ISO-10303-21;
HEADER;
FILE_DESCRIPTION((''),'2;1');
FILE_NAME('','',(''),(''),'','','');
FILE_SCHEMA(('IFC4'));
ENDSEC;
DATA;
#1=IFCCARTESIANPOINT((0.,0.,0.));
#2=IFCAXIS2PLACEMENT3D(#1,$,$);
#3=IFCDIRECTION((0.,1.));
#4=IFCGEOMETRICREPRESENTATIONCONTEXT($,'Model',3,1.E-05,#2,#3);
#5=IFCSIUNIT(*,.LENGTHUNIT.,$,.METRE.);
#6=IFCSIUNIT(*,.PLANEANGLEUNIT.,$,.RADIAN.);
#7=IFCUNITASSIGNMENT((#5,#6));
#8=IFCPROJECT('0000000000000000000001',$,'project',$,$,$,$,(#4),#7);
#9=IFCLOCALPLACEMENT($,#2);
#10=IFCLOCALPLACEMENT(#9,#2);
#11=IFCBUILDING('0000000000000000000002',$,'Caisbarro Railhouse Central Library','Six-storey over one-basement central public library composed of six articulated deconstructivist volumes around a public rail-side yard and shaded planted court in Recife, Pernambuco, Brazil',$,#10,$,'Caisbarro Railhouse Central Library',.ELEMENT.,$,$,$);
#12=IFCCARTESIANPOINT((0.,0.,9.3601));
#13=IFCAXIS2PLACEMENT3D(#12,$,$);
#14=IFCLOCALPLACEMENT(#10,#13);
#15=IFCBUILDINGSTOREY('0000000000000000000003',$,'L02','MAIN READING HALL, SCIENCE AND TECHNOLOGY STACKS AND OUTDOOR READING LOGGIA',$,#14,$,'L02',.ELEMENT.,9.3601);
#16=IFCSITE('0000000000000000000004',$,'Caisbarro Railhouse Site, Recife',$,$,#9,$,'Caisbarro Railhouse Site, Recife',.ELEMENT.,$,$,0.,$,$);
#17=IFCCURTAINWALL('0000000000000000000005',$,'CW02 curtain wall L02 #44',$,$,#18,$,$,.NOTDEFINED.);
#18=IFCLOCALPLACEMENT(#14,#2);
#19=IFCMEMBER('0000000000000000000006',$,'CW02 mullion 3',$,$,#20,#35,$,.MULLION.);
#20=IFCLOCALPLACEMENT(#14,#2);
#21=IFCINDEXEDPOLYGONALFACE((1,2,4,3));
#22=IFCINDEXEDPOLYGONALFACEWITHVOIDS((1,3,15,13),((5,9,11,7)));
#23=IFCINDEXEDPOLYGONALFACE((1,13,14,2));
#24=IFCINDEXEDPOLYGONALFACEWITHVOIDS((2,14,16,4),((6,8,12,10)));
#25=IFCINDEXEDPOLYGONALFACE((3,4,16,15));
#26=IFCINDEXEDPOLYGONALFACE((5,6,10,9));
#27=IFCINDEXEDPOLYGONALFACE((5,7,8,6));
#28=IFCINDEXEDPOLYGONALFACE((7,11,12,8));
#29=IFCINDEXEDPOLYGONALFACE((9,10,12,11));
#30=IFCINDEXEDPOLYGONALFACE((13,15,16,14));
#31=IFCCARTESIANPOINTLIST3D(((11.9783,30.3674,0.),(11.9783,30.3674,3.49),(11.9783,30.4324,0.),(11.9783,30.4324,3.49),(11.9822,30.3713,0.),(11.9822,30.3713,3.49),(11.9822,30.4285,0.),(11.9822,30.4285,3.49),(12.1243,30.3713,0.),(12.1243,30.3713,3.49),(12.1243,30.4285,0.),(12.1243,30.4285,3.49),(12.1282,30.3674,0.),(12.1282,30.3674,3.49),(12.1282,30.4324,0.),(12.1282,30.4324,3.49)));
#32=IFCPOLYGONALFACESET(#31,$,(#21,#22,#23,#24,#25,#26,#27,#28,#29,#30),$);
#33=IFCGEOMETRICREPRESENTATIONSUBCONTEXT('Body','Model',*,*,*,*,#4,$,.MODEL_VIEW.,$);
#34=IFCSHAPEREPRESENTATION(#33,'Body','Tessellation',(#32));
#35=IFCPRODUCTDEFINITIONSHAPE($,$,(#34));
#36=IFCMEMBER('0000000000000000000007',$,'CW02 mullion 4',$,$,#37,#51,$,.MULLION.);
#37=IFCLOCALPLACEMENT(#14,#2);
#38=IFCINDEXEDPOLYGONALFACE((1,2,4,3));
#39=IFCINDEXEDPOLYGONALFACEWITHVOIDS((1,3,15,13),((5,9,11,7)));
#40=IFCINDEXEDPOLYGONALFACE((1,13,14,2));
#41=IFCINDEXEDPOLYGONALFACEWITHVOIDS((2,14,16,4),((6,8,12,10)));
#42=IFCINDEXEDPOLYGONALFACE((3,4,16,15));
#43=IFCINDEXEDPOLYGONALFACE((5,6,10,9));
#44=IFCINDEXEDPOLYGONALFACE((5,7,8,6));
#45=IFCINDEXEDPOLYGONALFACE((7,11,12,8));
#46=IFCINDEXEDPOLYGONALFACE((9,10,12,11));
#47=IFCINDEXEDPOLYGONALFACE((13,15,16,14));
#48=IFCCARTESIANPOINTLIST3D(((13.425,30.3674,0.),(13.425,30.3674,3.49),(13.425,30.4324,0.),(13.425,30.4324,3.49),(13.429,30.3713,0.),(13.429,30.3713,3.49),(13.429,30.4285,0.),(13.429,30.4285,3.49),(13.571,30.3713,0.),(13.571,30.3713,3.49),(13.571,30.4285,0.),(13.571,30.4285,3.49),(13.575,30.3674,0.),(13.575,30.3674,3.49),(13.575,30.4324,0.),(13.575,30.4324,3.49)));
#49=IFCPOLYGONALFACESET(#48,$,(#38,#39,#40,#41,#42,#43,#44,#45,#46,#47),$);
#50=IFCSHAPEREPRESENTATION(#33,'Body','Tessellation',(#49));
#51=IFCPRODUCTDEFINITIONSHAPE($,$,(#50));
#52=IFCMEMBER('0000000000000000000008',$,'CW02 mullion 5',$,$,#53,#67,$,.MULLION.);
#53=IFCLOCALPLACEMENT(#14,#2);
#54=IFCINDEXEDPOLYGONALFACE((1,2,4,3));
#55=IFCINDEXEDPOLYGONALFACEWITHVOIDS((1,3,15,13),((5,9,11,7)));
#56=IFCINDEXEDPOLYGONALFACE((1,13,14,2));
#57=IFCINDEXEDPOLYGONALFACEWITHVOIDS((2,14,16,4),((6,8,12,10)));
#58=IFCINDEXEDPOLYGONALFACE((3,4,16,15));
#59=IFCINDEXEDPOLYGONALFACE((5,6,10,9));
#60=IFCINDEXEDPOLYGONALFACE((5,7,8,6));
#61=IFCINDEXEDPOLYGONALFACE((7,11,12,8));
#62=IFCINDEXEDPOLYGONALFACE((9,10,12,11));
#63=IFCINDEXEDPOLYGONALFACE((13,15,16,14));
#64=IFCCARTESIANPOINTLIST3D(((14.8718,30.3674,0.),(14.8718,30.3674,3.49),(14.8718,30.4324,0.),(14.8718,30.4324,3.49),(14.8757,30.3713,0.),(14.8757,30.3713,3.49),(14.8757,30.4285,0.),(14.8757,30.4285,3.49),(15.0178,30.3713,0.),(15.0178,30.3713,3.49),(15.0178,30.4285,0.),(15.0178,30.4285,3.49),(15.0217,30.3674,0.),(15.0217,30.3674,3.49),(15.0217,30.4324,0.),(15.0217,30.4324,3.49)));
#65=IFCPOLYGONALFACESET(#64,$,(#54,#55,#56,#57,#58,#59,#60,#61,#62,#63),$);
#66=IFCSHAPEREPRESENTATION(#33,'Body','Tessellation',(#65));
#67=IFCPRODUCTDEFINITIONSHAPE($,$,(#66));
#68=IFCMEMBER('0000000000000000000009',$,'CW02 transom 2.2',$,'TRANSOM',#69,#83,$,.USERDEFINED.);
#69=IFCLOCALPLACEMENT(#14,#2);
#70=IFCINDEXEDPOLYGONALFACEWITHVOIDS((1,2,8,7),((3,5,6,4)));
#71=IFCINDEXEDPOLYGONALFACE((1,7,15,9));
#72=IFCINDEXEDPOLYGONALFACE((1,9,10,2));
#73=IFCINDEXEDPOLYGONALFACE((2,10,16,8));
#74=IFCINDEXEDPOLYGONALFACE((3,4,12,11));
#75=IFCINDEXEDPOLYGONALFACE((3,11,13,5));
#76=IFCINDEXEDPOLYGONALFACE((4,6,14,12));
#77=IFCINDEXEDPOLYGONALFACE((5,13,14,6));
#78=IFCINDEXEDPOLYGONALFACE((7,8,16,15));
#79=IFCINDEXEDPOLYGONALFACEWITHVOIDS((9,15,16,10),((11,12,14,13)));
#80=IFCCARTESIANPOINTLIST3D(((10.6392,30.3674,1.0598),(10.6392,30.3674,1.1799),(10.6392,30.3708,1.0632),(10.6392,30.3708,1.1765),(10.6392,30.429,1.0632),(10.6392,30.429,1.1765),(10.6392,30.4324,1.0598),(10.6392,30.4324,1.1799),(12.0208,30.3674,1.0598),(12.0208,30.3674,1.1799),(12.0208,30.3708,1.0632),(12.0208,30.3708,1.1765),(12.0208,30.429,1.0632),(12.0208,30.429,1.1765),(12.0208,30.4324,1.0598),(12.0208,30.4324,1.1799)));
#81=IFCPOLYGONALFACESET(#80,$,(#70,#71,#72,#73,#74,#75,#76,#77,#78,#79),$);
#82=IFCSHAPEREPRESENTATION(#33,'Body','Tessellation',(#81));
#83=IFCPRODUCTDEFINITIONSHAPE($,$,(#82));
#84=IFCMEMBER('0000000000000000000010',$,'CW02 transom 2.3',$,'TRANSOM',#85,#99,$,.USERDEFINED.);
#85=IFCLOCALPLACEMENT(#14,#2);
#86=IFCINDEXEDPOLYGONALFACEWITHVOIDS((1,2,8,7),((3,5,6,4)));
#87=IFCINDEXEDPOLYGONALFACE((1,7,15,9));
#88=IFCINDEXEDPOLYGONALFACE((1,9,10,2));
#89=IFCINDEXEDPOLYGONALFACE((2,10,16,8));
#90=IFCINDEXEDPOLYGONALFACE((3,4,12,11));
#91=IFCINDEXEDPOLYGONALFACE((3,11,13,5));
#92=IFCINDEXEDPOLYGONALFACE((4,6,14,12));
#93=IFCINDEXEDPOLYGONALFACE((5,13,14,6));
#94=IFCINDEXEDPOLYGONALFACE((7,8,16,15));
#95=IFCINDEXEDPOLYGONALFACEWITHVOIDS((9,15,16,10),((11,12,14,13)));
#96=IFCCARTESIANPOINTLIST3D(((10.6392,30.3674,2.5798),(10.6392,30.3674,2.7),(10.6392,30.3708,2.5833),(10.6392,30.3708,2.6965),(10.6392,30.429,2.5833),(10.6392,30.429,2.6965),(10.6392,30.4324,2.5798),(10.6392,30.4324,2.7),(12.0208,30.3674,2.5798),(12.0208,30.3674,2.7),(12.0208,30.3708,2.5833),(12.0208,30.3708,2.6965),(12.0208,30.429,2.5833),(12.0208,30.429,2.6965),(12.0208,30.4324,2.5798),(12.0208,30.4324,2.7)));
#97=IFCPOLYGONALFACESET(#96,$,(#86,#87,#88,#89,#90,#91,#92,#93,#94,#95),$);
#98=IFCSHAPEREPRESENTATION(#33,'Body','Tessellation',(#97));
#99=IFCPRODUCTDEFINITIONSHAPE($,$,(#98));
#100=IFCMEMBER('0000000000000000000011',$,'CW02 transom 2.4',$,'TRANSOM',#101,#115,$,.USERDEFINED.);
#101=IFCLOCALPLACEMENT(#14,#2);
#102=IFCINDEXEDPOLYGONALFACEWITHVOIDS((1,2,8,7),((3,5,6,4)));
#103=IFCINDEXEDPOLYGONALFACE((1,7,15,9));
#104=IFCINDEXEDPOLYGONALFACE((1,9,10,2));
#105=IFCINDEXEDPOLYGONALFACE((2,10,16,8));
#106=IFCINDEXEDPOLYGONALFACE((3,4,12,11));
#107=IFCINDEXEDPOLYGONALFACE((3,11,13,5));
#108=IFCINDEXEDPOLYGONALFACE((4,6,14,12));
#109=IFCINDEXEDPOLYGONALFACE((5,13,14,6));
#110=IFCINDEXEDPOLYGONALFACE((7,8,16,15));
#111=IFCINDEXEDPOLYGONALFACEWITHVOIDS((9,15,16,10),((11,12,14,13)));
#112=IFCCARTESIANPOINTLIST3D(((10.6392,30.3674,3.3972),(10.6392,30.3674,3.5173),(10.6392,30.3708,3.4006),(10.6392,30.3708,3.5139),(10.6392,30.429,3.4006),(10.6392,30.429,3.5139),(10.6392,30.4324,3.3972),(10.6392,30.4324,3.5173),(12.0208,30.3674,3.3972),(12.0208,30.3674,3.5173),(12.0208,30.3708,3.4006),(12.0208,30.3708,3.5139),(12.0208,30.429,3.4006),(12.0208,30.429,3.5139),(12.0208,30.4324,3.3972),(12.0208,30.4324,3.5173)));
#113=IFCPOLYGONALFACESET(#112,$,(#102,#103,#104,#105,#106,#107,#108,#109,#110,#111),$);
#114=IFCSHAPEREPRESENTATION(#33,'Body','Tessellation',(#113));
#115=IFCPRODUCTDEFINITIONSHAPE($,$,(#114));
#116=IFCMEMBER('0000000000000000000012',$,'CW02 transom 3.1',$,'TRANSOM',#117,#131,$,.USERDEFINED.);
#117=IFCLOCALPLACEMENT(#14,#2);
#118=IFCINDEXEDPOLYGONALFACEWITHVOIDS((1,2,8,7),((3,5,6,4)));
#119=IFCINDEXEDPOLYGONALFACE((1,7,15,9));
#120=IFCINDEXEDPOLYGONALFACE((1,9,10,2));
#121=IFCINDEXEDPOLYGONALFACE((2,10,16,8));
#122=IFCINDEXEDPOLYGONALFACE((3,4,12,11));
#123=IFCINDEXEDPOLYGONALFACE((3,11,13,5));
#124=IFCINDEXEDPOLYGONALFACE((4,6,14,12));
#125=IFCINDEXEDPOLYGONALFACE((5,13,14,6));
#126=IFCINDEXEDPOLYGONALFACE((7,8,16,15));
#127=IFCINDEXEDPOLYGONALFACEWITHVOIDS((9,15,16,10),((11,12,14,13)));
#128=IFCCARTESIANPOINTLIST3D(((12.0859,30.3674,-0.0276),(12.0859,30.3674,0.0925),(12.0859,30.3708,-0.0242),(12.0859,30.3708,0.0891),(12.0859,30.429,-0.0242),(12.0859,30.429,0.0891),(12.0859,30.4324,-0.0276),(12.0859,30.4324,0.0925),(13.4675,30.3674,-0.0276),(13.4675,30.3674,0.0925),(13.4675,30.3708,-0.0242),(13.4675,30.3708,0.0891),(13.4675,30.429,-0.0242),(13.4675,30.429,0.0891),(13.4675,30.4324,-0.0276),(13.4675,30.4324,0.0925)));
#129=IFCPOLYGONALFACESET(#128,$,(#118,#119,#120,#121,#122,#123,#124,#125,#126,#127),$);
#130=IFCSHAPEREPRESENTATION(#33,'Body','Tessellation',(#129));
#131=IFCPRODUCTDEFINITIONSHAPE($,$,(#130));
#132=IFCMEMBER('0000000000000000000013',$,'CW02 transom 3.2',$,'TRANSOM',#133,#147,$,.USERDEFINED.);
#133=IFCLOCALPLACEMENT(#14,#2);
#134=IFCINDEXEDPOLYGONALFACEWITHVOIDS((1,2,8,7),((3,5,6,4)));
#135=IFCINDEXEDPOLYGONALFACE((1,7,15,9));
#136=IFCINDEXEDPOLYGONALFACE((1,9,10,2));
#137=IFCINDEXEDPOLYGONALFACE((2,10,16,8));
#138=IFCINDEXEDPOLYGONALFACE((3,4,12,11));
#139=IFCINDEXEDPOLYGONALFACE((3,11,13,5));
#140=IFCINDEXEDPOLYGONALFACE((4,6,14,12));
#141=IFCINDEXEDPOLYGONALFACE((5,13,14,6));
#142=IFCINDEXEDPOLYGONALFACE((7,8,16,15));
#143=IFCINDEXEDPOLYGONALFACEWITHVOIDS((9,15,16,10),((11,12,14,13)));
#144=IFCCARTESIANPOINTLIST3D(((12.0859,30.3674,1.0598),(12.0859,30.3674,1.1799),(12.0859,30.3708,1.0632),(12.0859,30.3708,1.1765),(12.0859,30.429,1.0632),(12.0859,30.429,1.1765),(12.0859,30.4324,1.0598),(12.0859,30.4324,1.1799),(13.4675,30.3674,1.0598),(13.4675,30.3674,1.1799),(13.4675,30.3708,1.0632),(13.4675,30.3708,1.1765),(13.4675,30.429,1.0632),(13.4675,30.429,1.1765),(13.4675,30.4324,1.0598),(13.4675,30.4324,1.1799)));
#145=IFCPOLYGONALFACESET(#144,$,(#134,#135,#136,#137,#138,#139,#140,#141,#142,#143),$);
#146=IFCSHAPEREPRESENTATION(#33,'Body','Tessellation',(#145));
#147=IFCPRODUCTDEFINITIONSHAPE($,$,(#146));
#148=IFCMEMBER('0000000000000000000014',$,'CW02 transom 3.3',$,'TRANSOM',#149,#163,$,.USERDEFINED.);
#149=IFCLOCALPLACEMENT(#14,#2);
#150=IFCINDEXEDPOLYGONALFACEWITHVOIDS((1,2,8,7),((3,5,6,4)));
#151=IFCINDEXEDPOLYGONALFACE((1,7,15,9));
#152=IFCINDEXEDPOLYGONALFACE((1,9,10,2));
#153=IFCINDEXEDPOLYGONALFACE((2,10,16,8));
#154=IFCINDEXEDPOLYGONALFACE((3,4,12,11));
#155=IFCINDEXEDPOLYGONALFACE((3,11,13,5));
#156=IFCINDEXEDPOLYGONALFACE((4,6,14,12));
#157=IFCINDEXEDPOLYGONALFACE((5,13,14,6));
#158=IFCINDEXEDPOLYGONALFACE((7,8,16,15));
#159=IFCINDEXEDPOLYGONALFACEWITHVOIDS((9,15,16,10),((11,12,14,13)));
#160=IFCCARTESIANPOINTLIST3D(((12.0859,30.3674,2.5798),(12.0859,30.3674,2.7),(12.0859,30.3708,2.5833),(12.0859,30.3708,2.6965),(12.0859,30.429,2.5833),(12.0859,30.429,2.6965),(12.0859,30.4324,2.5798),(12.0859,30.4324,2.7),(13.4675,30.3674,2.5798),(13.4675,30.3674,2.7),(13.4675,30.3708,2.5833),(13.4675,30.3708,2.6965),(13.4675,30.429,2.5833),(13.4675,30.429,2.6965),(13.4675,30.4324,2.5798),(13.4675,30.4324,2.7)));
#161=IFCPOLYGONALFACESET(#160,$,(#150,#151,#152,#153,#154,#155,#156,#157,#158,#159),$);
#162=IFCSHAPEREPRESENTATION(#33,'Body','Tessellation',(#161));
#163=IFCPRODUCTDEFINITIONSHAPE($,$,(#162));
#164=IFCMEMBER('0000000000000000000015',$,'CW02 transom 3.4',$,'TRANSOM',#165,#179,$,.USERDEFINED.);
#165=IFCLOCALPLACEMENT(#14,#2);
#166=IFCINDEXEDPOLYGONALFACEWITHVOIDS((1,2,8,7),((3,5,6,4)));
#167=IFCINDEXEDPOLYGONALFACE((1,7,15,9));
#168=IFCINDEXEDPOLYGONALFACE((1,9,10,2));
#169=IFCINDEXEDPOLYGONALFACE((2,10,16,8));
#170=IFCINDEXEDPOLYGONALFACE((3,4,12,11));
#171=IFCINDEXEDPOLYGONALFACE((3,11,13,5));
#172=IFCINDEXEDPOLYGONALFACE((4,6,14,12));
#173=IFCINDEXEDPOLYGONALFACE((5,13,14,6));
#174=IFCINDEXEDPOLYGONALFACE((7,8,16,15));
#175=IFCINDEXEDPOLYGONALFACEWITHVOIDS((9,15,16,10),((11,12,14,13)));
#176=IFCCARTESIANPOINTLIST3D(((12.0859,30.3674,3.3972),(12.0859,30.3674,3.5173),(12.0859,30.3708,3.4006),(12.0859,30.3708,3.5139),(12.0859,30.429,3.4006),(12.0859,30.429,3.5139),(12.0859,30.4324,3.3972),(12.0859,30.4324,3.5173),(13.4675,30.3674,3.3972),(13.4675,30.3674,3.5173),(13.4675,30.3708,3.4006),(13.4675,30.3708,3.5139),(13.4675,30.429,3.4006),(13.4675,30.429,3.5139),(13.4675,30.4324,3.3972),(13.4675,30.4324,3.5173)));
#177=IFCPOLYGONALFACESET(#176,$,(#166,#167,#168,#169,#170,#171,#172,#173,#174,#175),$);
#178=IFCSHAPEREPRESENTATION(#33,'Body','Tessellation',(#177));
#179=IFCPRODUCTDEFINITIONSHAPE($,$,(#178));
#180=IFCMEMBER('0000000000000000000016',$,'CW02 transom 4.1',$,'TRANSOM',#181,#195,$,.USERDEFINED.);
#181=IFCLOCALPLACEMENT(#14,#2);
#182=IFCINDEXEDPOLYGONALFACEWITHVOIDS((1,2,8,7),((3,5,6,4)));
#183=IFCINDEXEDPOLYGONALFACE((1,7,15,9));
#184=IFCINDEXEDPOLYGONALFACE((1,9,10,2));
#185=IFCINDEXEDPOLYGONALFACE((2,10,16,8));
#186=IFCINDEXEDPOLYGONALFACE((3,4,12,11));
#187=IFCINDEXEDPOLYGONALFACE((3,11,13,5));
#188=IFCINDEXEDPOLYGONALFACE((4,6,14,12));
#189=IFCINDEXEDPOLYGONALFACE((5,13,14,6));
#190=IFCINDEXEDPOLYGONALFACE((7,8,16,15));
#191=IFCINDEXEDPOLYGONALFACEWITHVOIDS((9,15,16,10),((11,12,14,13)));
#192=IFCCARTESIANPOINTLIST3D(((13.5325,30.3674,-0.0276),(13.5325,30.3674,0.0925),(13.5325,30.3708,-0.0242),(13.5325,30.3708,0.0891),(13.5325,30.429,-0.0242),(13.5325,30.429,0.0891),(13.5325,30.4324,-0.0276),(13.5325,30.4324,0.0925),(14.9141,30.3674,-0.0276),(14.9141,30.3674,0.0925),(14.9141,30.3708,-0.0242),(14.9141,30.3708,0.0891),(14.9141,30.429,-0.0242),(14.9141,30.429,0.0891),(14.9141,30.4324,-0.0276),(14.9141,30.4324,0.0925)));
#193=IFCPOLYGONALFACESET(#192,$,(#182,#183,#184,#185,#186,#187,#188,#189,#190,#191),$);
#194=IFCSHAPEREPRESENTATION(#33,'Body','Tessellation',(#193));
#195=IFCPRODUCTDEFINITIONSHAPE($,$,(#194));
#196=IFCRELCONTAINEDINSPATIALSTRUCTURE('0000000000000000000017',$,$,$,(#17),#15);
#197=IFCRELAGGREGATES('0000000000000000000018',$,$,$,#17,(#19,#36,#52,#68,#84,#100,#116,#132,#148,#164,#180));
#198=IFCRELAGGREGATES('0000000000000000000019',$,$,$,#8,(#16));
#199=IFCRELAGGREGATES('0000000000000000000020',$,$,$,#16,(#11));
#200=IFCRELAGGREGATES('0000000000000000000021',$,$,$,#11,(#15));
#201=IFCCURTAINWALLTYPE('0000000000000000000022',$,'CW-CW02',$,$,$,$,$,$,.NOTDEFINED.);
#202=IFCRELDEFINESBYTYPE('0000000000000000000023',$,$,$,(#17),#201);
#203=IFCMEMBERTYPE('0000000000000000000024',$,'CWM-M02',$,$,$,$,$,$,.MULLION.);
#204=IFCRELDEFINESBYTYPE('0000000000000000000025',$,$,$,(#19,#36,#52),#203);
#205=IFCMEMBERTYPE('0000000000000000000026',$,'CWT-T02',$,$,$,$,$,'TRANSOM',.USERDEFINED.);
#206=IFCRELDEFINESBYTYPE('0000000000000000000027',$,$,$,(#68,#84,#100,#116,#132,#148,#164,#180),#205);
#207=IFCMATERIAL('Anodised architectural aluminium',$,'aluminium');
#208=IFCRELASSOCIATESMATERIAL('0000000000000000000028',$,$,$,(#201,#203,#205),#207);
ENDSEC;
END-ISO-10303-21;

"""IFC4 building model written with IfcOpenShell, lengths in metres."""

from ifc_helpers import new_model, si_unit, direction, frame, origin, origin_2d, place, context, subcontext, project, spatial, hollow_rectangle, extrude, material, material_profile, profile_set, type_object, element, aggregate, save


model = new_model("IFC4")

# Units and contexts
model_context = context("Model", 3, precision=1e-05, world=origin(), true_north=direction((0.0, 1.0)))
body_context = subcontext(model_context, "Body", "Model", "MODEL_VIEW")
ifc_project = project(units=[si_unit("LENGTHUNIT", "METRE"), si_unit("PLANEANGLEUNIT", "RADIAN")], contexts=[model_context])

# Site, building, storey
site_placement = place(None, origin())
site = spatial("IfcSite", under=ifc_project, at=site_placement, Name="Caisbarro Railhouse Site, Recife", LongName="Caisbarro Railhouse Site, Recife", CompositionType="ELEMENT", RefElevation=0.0)
building_placement = place(site_placement, origin())
building = spatial("IfcBuilding", under=site, at=building_placement, Name="Caisbarro Railhouse Central Library", Description="Six-storey over one-basement central public library composed of six articulated deconstructivist volumes around a public rail-side yard and shaded planted court in Recife, Pernambuco, Brazil", LongName="Caisbarro Railhouse Central Library", CompositionType="ELEMENT")
storey_placement = place(building_placement, frame((0.0, 0.0, 9.3601)))
storey = spatial("IfcBuildingStorey", under=building, at=storey_placement, Name="L02", Description="MAIN READING HALL, SCIENCE AND TECHNOLOGY STACKS AND OUTDOOR READING LOGGIA", LongName="L02", CompositionType="ELEMENT", Elevation=9.3601)

# Curtain wall, members
ifc_material_1 = material(Name="Anodised architectural aluminium", Category="aluminium")
curtain_wall_type = type_object("IfcCurtainWallType", Name="CW-CW02", PredefinedType="NOTDEFINED", material=ifc_material_1)
curtain_wall_placement = place(storey_placement, origin())
curtain_wall = element("IfcCurtainWall", 1, at=curtain_wall_placement, inside=storey, type_object=curtain_wall_type, Name="CW02 curtain wall L02 #44", PredefinedType="NOTDEFINED")
ifc_material_profile_1 = material_profile(ifc_material_1, hollow_rectangle(XDim=0.0649, YDim=0.1499, WallThickness=0.0039, at=origin_2d()), Name="ALU-MUL-65X150")
ifc_profile_set_1 = profile_set([ifc_material_profile_1], Name="Anodised architectural aluminium")
member_type_1 = type_object("IfcMemberType", Name="CWM-M02", PredefinedType="MULLION", material=ifc_profile_set_1)
member_1_placement = place(storey_placement, frame((12.0532, 30.3999, 0.0), z_axis=(0.0, 0.0, 1.0), x_axis=(0.0, 1.0, 0.0)))
member_1 = element("IfcMember", 2, at=member_1_placement, type_object=member_type_1, Name="CW02 mullion 3", PredefinedType="MULLION", context=body_context, shape_type="SweptSolid", body=[
    extrude(hollow_rectangle(XDim=0.0649, YDim=0.1499, WallThickness=0.0039, at=origin_2d()), origin(), (0.0, 0.0, 1.0), 3.49),
])
member_2_placement = place(storey_placement, frame((13.5, 30.3999, 0.0), z_axis=(0.0, 0.0, 1.0), x_axis=(0.0, 1.0, 0.0)))
member_2 = element("IfcMember", 3, at=member_2_placement, type_object=member_type_1, Name="CW02 mullion 4", PredefinedType="MULLION", context=body_context, shape_type="SweptSolid", body=[
    extrude(hollow_rectangle(XDim=0.0649, YDim=0.1499, WallThickness=0.0039, at=origin_2d()), origin(), (0.0, 0.0, 1.0), 3.49),
])
member_3_placement = place(storey_placement, frame((14.9468, 30.3999, 0.0), z_axis=(0.0, 0.0, 1.0), x_axis=(0.0, 1.0, 0.0)))
member_3 = element("IfcMember", 4, at=member_3_placement, type_object=member_type_1, Name="CW02 mullion 5", PredefinedType="MULLION", context=body_context, shape_type="SweptSolid", body=[
    extrude(hollow_rectangle(XDim=0.0649, YDim=0.1499, WallThickness=0.0039, at=origin_2d()), origin(), (0.0, 0.0, 1.0), 3.49),
])
ifc_material_profile_2 = material_profile(ifc_material_1, hollow_rectangle(XDim=0.0649, YDim=0.1201, WallThickness=0.0034, at=origin_2d()), Name="ALU-TRN-65X120")
ifc_profile_set_2 = profile_set([ifc_material_profile_2], Name="Anodised architectural aluminium")
member_type_2 = type_object("IfcMemberType", Name="CWT-T02", ElementType="TRANSOM", PredefinedType="USERDEFINED", material=ifc_profile_set_2)
member_4_placement = place(storey_placement, frame((10.6392, 30.3999, 1.1199), z_axis=(1.0, 0.0, 0.0), x_axis=(0.0, 1.0, 0.0)))
member_4 = element("IfcMember", 5, at=member_4_placement, type_object=member_type_2, Name="CW02 transom 2.2", ObjectType="TRANSOM", PredefinedType="USERDEFINED", context=body_context, shape_type="SweptSolid", body=[
    extrude(hollow_rectangle(XDim=0.0649, YDim=0.1201, WallThickness=0.0034, at=origin_2d()), origin(), (0.0, 0.0, 1.0), 1.3816),
])
member_5_placement = place(storey_placement, frame((10.6392, 30.3999, 2.6399), z_axis=(1.0, 0.0, 0.0), x_axis=(0.0, 1.0, 0.0)))
member_5 = element("IfcMember", 6, at=member_5_placement, type_object=member_type_2, Name="CW02 transom 2.3", ObjectType="TRANSOM", PredefinedType="USERDEFINED", context=body_context, shape_type="SweptSolid", body=[
    extrude(hollow_rectangle(XDim=0.0649, YDim=0.1201, WallThickness=0.0034, at=origin_2d()), origin(), (0.0, 0.0, 1.0), 1.3816),
])
member_6_placement = place(storey_placement, frame((10.6392, 30.3999, 3.4573), z_axis=(1.0, 0.0, 0.0), x_axis=(0.0, 1.0, 0.0)))
member_6 = element("IfcMember", 7, at=member_6_placement, type_object=member_type_2, Name="CW02 transom 2.4", ObjectType="TRANSOM", PredefinedType="USERDEFINED", context=body_context, shape_type="SweptSolid", body=[
    extrude(hollow_rectangle(XDim=0.0649, YDim=0.1201, WallThickness=0.0034, at=origin_2d()), origin(), (0.0, 0.0, 1.0), 1.3816),
])
member_7_placement = place(storey_placement, frame((12.0859, 30.3999, 0.0325), z_axis=(1.0, 0.0, 0.0), x_axis=(0.0, 1.0, 0.0)))
member_7 = element("IfcMember", 8, at=member_7_placement, type_object=member_type_2, Name="CW02 transom 3.1", ObjectType="TRANSOM", PredefinedType="USERDEFINED", context=body_context, shape_type="SweptSolid", body=[
    extrude(hollow_rectangle(XDim=0.0649, YDim=0.1201, WallThickness=0.0034, at=origin_2d()), origin(), (0.0, 0.0, 1.0), 1.3816),
])
member_8_placement = place(storey_placement, frame((12.0859, 30.3999, 1.1199), z_axis=(1.0, 0.0, 0.0), x_axis=(0.0, 1.0, 0.0)))
member_8 = element("IfcMember", 9, at=member_8_placement, type_object=member_type_2, Name="CW02 transom 3.2", ObjectType="TRANSOM", PredefinedType="USERDEFINED", context=body_context, shape_type="SweptSolid", body=[
    extrude(hollow_rectangle(XDim=0.0649, YDim=0.1201, WallThickness=0.0034, at=origin_2d()), origin(), (0.0, 0.0, 1.0), 1.3816),
])
member_9_placement = place(storey_placement, frame((12.0859, 30.3999, 2.6399), z_axis=(1.0, 0.0, 0.0), x_axis=(0.0, 1.0, 0.0)))
member_9 = element("IfcMember", 10, at=member_9_placement, type_object=member_type_2, Name="CW02 transom 3.3", ObjectType="TRANSOM", PredefinedType="USERDEFINED", context=body_context, shape_type="SweptSolid", body=[
    extrude(hollow_rectangle(XDim=0.0649, YDim=0.1201, WallThickness=0.0034, at=origin_2d()), origin(), (0.0, 0.0, 1.0), 1.3816),
])
member_10_placement = place(storey_placement, frame((12.0859, 30.3999, 3.4573), z_axis=(1.0, 0.0, 0.0), x_axis=(0.0, 1.0, 0.0)))
member_10 = element("IfcMember", 11, at=member_10_placement, type_object=member_type_2, Name="CW02 transom 3.4", ObjectType="TRANSOM", PredefinedType="USERDEFINED", context=body_context, shape_type="SweptSolid", body=[
    extrude(hollow_rectangle(XDim=0.0649, YDim=0.1201, WallThickness=0.0034, at=origin_2d()), origin(), (0.0, 0.0, 1.0), 1.3816),
])
member_11_placement = place(storey_placement, frame((13.5325, 30.3999, 0.0325), z_axis=(1.0, 0.0, 0.0), x_axis=(0.0, 1.0, 0.0)))
member_11 = element("IfcMember", 12, at=member_11_placement, type_object=member_type_2, Name="CW02 transom 4.1", ObjectType="TRANSOM", PredefinedType="USERDEFINED", context=body_context, shape_type="SweptSolid", body=[
    extrude(hollow_rectangle(XDim=0.0649, YDim=0.1201, WallThickness=0.0034, at=origin_2d()), origin(), (0.0, 0.0, 1.0), 1.3816),
])
aggregate(curtain_wall, [member_1, member_2, member_3, member_4, member_5, member_6, member_7, member_8, member_9, member_10, member_11])

save(model, "model.ifc")
